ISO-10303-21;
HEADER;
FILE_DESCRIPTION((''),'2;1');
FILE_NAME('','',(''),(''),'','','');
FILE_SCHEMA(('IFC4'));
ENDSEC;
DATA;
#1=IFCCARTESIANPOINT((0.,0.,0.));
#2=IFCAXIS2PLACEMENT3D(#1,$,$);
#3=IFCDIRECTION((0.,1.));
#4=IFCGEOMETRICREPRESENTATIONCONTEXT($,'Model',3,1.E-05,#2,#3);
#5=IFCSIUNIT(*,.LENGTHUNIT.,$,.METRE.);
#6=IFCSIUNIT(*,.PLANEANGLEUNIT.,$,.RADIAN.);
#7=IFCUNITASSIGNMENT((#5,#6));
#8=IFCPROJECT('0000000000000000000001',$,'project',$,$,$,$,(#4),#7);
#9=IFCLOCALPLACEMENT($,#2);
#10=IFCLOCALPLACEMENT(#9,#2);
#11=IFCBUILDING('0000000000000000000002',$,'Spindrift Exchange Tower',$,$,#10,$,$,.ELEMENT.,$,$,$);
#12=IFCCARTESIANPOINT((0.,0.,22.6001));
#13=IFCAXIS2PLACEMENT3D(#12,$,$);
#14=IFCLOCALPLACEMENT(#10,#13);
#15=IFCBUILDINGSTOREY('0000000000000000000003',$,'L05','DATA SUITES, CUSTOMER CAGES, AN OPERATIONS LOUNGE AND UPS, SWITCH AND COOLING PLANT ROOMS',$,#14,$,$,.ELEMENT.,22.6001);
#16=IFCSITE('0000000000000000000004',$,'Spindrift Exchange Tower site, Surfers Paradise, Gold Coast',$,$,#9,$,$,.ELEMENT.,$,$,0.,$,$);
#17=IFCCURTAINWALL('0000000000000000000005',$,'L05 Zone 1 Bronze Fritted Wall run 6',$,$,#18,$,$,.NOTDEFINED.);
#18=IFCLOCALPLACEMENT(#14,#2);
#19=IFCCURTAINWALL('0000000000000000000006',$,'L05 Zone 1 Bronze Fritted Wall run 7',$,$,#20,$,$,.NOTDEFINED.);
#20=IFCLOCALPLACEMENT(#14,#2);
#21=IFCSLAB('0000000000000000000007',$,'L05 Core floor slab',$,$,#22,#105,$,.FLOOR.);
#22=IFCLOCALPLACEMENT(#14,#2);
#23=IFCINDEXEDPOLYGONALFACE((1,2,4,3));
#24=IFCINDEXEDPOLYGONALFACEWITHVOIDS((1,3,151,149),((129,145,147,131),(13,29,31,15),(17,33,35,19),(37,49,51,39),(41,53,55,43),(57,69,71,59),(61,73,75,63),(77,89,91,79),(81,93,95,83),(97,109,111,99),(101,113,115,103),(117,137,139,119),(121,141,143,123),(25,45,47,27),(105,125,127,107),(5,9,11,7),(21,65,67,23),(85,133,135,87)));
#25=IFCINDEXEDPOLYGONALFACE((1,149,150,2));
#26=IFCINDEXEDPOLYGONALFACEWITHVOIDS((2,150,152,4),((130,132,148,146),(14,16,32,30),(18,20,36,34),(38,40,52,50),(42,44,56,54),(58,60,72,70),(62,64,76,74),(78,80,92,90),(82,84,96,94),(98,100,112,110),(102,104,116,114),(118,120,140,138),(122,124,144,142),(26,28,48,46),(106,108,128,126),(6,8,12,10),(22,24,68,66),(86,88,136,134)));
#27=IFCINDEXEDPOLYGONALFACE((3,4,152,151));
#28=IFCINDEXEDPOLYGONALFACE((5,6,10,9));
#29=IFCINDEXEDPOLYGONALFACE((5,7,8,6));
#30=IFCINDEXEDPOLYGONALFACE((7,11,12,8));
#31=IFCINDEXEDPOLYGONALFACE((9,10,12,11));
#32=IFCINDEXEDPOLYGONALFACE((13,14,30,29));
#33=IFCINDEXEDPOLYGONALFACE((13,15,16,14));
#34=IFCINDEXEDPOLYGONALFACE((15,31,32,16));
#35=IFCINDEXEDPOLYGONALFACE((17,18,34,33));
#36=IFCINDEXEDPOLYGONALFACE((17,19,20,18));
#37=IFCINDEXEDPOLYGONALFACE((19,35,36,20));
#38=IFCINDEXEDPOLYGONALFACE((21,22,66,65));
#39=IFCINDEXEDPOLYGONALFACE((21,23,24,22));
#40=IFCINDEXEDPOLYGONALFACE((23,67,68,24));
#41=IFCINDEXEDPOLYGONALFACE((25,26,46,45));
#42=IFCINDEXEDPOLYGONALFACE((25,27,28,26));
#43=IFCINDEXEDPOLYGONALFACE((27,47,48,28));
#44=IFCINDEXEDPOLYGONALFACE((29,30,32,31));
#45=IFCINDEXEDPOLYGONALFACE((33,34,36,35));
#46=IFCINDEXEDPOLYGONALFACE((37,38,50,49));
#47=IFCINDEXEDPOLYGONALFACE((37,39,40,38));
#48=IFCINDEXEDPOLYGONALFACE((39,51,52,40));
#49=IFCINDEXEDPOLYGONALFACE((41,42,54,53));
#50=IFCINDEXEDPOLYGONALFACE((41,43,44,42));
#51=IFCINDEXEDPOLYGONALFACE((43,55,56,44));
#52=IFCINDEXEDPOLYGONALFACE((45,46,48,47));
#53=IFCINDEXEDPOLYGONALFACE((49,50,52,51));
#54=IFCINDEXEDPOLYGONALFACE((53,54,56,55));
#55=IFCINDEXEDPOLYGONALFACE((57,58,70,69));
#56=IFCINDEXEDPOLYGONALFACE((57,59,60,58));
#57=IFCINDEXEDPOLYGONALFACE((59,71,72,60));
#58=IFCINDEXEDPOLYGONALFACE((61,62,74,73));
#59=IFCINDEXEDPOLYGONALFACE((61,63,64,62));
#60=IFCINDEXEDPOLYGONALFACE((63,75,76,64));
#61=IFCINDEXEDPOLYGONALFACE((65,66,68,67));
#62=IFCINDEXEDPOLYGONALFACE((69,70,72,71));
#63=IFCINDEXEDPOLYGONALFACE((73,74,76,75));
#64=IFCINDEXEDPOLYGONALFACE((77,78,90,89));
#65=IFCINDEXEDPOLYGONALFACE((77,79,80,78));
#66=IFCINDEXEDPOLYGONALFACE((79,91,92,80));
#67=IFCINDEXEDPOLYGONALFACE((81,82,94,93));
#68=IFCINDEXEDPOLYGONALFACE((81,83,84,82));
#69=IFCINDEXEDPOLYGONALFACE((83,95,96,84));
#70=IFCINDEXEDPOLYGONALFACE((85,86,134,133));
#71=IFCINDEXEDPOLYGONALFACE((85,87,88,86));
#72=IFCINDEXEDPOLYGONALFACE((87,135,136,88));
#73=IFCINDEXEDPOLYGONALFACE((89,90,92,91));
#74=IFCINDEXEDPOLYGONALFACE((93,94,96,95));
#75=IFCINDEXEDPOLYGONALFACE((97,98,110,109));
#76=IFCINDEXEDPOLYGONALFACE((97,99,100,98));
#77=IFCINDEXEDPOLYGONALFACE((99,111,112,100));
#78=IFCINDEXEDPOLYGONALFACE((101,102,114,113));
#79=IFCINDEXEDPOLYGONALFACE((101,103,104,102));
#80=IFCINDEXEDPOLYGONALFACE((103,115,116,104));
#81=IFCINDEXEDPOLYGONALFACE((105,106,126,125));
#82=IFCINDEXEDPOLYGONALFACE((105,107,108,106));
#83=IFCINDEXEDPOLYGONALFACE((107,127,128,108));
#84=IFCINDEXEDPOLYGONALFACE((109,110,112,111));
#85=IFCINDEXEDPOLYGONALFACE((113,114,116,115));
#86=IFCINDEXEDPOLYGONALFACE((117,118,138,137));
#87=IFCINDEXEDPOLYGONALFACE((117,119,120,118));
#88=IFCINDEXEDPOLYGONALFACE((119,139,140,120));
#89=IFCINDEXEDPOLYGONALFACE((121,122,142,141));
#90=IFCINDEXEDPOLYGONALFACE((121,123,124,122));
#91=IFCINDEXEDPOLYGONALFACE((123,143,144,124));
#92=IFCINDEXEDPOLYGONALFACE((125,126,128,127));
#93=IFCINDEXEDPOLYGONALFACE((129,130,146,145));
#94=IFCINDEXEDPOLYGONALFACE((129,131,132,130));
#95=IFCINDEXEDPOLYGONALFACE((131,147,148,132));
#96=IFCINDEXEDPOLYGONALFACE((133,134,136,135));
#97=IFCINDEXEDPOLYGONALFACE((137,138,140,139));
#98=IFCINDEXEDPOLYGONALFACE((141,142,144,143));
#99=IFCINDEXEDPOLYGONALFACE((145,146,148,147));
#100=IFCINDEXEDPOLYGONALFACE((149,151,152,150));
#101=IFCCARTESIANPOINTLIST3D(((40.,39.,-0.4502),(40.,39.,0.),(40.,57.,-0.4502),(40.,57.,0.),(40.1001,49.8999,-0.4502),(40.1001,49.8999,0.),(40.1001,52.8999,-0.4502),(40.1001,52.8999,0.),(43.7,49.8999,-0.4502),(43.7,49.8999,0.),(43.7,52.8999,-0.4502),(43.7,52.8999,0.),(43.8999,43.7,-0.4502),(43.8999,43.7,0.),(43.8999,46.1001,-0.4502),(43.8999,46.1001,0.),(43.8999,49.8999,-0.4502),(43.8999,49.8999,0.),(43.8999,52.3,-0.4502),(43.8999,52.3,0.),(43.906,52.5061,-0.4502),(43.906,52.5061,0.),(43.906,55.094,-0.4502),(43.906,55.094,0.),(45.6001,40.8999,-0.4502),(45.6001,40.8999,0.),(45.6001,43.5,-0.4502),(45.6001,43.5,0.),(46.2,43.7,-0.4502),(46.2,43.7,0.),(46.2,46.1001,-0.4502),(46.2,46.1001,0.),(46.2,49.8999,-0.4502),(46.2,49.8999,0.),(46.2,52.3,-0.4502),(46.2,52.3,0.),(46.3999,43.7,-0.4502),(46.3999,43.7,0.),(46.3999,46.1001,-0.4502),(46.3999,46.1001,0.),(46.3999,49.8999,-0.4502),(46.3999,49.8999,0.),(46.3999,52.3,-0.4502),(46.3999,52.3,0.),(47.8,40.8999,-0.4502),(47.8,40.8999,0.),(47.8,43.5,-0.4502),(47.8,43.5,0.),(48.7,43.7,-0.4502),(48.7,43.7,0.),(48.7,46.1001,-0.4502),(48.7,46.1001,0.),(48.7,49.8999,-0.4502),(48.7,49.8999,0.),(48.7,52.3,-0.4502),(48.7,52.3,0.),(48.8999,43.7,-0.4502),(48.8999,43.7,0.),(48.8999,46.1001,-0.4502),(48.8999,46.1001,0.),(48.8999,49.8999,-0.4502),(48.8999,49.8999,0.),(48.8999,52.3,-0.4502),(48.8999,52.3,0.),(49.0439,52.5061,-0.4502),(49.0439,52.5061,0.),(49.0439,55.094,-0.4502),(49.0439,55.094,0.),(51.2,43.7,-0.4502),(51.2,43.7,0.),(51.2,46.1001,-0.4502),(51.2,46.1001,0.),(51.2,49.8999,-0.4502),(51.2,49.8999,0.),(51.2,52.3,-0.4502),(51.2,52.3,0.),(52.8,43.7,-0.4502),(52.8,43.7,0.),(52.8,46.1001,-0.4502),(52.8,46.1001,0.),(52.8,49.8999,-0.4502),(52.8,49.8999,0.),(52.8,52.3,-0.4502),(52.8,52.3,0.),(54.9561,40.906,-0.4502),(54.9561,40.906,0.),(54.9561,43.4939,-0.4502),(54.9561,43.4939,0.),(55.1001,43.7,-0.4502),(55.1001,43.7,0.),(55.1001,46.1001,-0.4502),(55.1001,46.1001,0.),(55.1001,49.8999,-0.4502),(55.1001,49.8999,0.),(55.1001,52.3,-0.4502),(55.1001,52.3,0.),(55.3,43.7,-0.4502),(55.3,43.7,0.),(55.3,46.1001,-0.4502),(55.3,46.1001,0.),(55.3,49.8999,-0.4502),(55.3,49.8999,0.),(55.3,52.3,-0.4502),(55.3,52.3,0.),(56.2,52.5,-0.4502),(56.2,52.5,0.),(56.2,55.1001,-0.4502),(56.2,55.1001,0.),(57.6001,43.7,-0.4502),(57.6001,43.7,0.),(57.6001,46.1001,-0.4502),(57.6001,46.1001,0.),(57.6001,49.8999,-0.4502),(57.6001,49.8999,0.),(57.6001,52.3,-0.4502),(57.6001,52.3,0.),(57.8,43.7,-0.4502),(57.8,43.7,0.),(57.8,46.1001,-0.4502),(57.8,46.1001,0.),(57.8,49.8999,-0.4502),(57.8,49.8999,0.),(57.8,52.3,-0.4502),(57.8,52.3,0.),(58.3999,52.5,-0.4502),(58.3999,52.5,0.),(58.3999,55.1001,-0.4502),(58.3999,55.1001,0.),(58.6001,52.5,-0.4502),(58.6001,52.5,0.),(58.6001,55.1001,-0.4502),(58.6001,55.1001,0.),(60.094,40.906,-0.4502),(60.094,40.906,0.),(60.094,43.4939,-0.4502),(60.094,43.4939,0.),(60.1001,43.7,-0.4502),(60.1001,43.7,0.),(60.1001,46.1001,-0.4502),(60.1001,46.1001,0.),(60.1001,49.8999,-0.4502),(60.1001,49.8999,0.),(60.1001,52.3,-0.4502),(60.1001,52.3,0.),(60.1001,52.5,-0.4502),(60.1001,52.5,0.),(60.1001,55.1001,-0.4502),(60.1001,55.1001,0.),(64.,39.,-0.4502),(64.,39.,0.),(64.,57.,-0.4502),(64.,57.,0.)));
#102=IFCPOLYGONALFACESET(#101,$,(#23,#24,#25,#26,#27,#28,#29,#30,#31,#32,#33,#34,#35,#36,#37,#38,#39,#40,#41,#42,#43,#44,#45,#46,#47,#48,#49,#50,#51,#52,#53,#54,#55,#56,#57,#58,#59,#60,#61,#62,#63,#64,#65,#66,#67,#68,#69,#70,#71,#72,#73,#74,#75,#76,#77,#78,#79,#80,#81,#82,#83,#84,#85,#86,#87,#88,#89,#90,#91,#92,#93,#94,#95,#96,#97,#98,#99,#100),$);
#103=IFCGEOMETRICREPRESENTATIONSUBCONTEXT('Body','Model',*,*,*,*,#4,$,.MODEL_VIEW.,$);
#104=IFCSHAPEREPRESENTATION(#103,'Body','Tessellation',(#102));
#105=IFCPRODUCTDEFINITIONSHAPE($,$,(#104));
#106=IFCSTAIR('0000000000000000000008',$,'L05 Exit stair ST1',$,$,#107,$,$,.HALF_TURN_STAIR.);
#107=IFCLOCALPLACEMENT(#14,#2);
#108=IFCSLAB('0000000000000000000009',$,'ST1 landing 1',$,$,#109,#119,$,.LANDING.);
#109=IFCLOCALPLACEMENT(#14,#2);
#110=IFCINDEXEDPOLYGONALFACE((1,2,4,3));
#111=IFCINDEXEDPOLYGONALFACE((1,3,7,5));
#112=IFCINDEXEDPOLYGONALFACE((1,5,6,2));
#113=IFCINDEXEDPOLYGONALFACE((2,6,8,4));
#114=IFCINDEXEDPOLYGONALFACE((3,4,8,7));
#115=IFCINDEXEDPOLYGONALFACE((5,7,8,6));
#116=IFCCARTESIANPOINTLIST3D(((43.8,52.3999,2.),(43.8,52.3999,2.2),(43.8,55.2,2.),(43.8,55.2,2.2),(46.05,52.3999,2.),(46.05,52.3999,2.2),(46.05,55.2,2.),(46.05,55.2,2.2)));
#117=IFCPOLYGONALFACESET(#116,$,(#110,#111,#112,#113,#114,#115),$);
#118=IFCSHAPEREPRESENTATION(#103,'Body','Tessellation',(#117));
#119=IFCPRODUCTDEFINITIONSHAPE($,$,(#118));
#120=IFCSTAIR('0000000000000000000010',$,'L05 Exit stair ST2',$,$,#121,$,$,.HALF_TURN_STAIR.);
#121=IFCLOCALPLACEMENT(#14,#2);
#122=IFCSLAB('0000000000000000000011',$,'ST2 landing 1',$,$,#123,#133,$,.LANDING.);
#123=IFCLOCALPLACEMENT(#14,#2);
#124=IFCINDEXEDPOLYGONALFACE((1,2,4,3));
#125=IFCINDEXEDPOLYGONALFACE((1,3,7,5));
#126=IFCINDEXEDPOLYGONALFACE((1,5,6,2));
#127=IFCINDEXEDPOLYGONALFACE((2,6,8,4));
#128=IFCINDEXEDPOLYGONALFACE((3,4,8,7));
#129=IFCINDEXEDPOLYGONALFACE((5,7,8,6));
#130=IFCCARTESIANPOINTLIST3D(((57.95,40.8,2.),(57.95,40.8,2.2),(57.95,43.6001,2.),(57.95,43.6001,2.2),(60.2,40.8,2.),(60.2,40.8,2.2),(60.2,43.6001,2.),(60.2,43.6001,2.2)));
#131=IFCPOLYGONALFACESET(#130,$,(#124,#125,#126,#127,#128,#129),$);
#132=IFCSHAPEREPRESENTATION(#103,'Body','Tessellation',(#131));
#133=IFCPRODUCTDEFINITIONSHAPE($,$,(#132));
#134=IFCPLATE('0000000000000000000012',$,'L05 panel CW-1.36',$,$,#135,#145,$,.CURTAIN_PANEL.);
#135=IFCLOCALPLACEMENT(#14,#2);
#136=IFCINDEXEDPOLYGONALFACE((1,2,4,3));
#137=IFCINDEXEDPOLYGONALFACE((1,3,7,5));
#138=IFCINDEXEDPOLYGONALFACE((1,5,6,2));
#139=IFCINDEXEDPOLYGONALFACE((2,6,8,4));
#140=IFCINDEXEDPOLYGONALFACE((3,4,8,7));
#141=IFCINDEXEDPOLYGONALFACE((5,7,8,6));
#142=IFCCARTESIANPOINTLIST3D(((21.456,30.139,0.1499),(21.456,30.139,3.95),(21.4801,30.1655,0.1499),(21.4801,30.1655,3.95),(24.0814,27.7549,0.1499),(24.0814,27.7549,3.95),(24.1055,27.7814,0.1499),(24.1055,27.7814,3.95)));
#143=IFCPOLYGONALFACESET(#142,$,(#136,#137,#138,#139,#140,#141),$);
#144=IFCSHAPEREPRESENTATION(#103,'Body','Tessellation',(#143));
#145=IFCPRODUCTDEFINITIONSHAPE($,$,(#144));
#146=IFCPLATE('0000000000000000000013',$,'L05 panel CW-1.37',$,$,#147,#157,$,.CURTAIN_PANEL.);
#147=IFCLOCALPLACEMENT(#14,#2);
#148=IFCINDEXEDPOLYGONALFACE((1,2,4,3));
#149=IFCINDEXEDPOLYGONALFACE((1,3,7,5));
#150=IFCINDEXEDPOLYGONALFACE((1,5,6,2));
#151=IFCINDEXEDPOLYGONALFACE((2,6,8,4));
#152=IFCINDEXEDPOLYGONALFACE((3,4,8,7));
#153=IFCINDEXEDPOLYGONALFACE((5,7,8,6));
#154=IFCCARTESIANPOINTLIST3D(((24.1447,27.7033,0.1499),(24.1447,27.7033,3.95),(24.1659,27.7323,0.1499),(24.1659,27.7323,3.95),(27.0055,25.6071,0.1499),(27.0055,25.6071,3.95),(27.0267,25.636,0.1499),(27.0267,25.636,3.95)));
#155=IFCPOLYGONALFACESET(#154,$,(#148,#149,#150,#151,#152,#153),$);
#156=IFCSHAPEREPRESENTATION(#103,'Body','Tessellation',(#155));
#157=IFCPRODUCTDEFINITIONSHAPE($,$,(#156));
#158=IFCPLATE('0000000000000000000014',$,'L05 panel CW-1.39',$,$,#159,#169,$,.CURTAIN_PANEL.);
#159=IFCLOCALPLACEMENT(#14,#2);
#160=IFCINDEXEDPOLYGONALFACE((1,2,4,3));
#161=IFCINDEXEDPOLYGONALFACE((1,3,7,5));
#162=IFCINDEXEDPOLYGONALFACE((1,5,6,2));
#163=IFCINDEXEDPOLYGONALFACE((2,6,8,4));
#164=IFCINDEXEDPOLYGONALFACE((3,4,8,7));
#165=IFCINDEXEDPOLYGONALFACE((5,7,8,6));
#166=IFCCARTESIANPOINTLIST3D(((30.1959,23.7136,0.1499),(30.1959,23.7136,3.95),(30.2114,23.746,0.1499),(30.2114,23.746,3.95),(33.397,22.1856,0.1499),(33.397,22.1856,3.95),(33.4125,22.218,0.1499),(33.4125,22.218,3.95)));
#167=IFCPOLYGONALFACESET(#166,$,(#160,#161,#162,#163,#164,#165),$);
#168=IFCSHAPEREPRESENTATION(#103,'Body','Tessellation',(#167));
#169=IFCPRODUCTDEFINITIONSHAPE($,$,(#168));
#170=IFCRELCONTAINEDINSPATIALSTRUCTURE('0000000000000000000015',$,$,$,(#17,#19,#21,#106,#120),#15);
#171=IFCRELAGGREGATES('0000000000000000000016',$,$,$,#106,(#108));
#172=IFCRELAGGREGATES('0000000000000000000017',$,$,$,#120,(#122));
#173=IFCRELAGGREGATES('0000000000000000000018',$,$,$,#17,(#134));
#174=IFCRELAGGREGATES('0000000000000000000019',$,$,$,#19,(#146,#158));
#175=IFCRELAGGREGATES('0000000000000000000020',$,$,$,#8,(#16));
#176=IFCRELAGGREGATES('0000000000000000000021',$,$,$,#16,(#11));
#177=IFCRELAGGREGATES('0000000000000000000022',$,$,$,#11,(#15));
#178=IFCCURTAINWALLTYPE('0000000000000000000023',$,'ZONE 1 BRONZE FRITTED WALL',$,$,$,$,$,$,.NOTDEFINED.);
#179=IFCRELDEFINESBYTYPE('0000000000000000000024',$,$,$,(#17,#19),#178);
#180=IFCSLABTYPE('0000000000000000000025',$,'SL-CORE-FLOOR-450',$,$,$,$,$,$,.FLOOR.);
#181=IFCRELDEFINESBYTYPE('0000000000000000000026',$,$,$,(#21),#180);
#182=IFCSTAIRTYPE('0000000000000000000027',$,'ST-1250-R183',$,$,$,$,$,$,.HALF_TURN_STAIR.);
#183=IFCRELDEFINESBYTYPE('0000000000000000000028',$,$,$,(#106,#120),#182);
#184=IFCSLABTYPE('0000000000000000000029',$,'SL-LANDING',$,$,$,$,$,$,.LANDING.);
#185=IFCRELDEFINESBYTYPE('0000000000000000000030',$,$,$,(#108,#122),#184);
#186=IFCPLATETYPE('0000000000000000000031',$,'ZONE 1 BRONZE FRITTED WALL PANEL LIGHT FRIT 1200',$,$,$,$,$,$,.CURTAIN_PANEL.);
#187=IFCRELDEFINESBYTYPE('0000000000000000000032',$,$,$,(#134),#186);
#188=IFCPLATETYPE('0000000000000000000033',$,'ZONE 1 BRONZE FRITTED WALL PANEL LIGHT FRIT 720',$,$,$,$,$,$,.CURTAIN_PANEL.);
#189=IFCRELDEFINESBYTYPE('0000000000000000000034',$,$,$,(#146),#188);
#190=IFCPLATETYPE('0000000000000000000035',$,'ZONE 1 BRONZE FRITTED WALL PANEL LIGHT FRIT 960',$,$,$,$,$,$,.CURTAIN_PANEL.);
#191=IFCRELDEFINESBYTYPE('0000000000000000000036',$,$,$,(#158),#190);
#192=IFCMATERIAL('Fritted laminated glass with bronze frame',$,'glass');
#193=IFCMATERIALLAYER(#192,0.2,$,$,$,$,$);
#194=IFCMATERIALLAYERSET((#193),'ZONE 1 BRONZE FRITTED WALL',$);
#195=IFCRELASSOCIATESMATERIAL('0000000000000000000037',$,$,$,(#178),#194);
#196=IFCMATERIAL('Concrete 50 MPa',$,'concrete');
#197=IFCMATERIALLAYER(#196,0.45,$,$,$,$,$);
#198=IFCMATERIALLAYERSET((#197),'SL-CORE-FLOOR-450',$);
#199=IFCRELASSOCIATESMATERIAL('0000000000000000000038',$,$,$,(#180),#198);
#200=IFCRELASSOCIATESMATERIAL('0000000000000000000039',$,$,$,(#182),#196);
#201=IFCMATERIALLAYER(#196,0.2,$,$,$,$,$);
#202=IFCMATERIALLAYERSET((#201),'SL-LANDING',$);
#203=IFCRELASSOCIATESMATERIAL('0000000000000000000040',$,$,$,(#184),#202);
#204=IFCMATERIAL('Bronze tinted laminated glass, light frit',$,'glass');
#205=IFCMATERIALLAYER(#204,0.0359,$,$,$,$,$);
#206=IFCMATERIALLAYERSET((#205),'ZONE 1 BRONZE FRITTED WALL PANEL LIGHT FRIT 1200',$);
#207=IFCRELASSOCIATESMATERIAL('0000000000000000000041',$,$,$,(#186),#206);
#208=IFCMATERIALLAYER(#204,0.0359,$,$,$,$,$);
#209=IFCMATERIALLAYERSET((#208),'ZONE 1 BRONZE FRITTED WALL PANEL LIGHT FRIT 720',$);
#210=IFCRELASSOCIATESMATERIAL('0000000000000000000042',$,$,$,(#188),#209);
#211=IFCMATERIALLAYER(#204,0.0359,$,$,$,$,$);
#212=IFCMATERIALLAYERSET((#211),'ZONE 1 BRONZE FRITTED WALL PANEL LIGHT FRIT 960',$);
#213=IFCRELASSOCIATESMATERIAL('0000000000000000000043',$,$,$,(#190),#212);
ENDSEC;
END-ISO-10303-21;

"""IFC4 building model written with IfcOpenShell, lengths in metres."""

from ifc_helpers import new_model, si_unit, direction, frame, origin, origin_2d, place, context, subcontext, project, spatial, line, indexed_curve, rectangle, outline, extrude, source, transform, mapped, material, layer, layer_set, type_object, element, aggregate, save


model = new_model("IFC4")

# Units and contexts
model_context = context("Model", 3, precision=1e-05, world=origin(), true_north=direction((0.0, 1.0)))
body_context = subcontext(model_context, "Body", "Model", "MODEL_VIEW")
ifc_project = project(units=[si_unit("LENGTHUNIT", "METRE"), si_unit("PLANEANGLEUNIT", "RADIAN")], contexts=[model_context])

# Site, building, storey
site_placement = place(None, origin())
site = spatial("IfcSite", under=ifc_project, at=site_placement, Name="Spindrift Exchange Tower site, Surfers Paradise, Gold Coast", CompositionType="ELEMENT", RefElevation=0.0)
building_placement = place(site_placement, origin())
building = spatial("IfcBuilding", under=site, at=building_placement, Name="Spindrift Exchange Tower", CompositionType="ELEMENT")
storey_placement = place(building_placement, frame((0.0, 0.0, 22.6001)))
storey = spatial("IfcBuildingStorey", under=building, at=storey_placement, Name="L05", Description="DATA SUITES, CUSTOMER CAGES, AN OPERATIONS LOUNGE AND UPS, SWITCH AND COOLING PLANT ROOMS", CompositionType="ELEMENT", Elevation=22.6001)

# Curtain walls
ifc_material_1 = material(Name="Fritted laminated glass with bronze frame", Category="glass")
ifc_layer_1 = layer(ifc_material_1, 0.2)
ifc_layer_set_1 = layer_set([ifc_layer_1], Name="ZONE 1 BRONZE FRITTED WALL")
curtain_wall_type = type_object("IfcCurtainWallType", Name="ZONE 1 BRONZE FRITTED WALL", PredefinedType="NOTDEFINED", material=ifc_layer_set_1)
curtain_wall_1_placement = place(storey_placement, origin())
curtain_wall_1 = element("IfcCurtainWall", 1, at=curtain_wall_1_placement, inside=storey, type_object=curtain_wall_type, Name="L05 Zone 1 Bronze Fritted Wall run 6", PredefinedType="NOTDEFINED")
curtain_wall_2_placement = place(storey_placement, origin())
curtain_wall_2 = element("IfcCurtainWall", 2, at=curtain_wall_2_placement, inside=storey, type_object=curtain_wall_type, Name="L05 Zone 1 Bronze Fritted Wall run 7", PredefinedType="NOTDEFINED")

# Slab
ifc_material_2 = material(Name="Concrete 50 MPa", Category="concrete")
ifc_layer_2 = layer(ifc_material_2, 0.45)
ifc_layer_set_2 = layer_set([ifc_layer_2], Name="SL-CORE-FLOOR-450")
slab_type_1 = type_object("IfcSlabType", Name="SL-CORE-FLOOR-450", PredefinedType="FLOOR", material=ifc_layer_set_2)
slab_1_placement = place(storey_placement, frame((0.0, 0.0, -0.4502)))
element("IfcSlab", 3, at=slab_1_placement, inside=storey, type_object=slab_type_1, Name="L05 Core floor slab", PredefinedType="FLOOR", context=body_context, shape_type="SweptSolid", body=[
    extrude(outline(indexed_curve([(40.0, 39.0), (40.0, 57.0), (64.0, 57.0), (64.0, 39.0)], segments=[line(1, 2, 3, 4, 1)], self_intersect=False), holes=[indexed_curve([(47.8, 43.5), (45.6001, 43.5), (45.6001, 40.8999), (47.8, 40.8999)], segments=[line(1, 2, 3, 4, 1)], self_intersect=False), indexed_curve([(46.2, 46.1001), (43.8999, 46.1001), (43.8999, 43.7), (46.2, 43.7)], segments=[line(1, 2, 3, 4, 1)], self_intersect=False), indexed_curve([(48.7, 46.1001), (46.3999, 46.1001), (46.3999, 43.7), (48.7, 43.7)], segments=[line(1, 2, 3, 4, 1)], self_intersect=False), indexed_curve([(51.2, 46.1001), (48.8999, 46.1001), (48.8999, 43.7), (51.2, 43.7)], segments=[line(1, 2, 3, 4, 1)], self_intersect=False), indexed_curve([(46.2, 52.3), (43.8999, 52.3), (43.8999, 49.8999), (46.2, 49.8999)], segments=[line(1, 2, 3, 4, 1)], self_intersect=False), indexed_curve([(48.7, 52.3), (46.3999, 52.3), (46.3999, 49.8999), (48.7, 49.8999)], segments=[line(1, 2, 3, 4, 1)], self_intersect=False), indexed_curve([(51.2, 52.3), (48.8999, 52.3), (48.8999, 49.8999), (51.2, 49.8999)], segments=[line(1, 2, 3, 4, 1)], self_intersect=False), indexed_curve([(43.7, 49.8999), (43.7, 52.8999), (40.1001, 52.8999), (40.1001, 49.8999)], segments=[line(1, 2, 3, 4, 1)], self_intersect=False), indexed_curve([(49.0439, 55.094), (43.906, 55.094), (43.906, 52.5061), (49.0439, 52.5061)], segments=[line(1, 2, 3, 4, 1)], self_intersect=False), indexed_curve([(60.094, 40.906), (60.094, 43.4939), (54.9561, 43.4939), (54.9561, 40.906)], segments=[line(1, 2, 3, 4, 1)], self_intersect=False), indexed_curve([(55.1001, 46.1001), (52.8, 46.1001), (52.8, 43.7), (55.1001, 43.7)], segments=[line(1, 2, 3, 4, 1)], self_intersect=False), indexed_curve([(57.6001, 46.1001), (55.3, 46.1001), (55.3, 43.7), (57.6001, 43.7)], segments=[line(1, 2, 3, 4, 1)], self_intersect=False), indexed_curve([(60.1001, 46.1001), (57.8, 46.1001), (57.8, 43.7), (60.1001, 43.7)], segments=[line(1, 2, 3, 4, 1)], self_intersect=False), indexed_curve([(55.1001, 52.3), (52.8, 52.3), (52.8, 49.8999), (55.1001, 49.8999)], segments=[line(1, 2, 3, 4, 1)], self_intersect=False), indexed_curve([(57.6001, 52.3), (55.3, 52.3), (55.3, 49.8999), (57.6001, 49.8999)], segments=[line(1, 2, 3, 4, 1)], self_intersect=False), indexed_curve([(60.1001, 52.3), (57.8, 52.3), (57.8, 49.8999), (60.1001, 49.8999)], segments=[line(1, 2, 3, 4, 1)], self_intersect=False), indexed_curve([(58.3999, 52.5), (58.3999, 55.1001), (56.2, 55.1001), (56.2, 52.5)], segments=[line(1, 2, 3, 4, 1)], self_intersect=False), indexed_curve([(60.1001, 52.5), (60.1001, 55.1001), (58.6001, 55.1001), (58.6001, 52.5)], segments=[line(1, 2, 3, 4, 1)], self_intersect=False)]), origin(), (0.0, 0.0, 1.0), 0.4502),
])

# Stairs, slabs
stair_type = type_object("IfcStairType", Name="ST-1250-R183", PredefinedType="HALF_TURN_STAIR", material=ifc_material_2)
stair_1_placement = place(storey_placement, origin())
stair_1 = element("IfcStair", 4, at=stair_1_placement, inside=storey, type_object=stair_type, Name="L05 Exit stair ST1", PredefinedType="HALF_TURN_STAIR")
ifc_layer_3 = layer(ifc_material_2, 0.2)
ifc_layer_set_3 = layer_set([ifc_layer_3], Name="SL-LANDING")
slab_type_2 = type_object("IfcSlabType", Name="SL-LANDING", PredefinedType="LANDING", material=ifc_layer_set_3)
slab_2_placement = place(storey_placement, frame((0.0, 0.0, 2.0)))
slab_2 = element("IfcSlab", 5, at=slab_2_placement, type_object=slab_type_2, Name="ST1 landing 1", PredefinedType="LANDING", context=body_context, shape_type="SweptSolid", body=[
    extrude(outline(indexed_curve([(46.05, 52.3999), (43.8, 52.3999), (43.8, 55.2), (46.05, 55.2)], segments=[line(1, 2, 3, 4, 1)], self_intersect=False)), origin(), (0.0, 0.0, 1.0), 0.2),
])
aggregate(stair_1, [slab_2])
stair_2_placement = place(storey_placement, origin())
stair_2 = element("IfcStair", 6, at=stair_2_placement, inside=storey, type_object=stair_type, Name="L05 Exit stair ST2", PredefinedType="HALF_TURN_STAIR")
slab_3_placement = place(storey_placement, frame((0.0, 0.0, 2.0)))
slab_3 = element("IfcSlab", 7, at=slab_3_placement, type_object=slab_type_2, Name="ST2 landing 1", PredefinedType="LANDING", context=body_context, shape_type="SweptSolid", body=[
    extrude(outline(indexed_curve([(57.95, 43.6001), (60.2, 43.6001), (60.2, 40.8), (57.95, 40.8)], segments=[line(1, 2, 3, 4, 1)], self_intersect=False)), origin(), (0.0, 0.0, 1.0), 0.2),
])
aggregate(stair_2, [slab_3])

# Plates
ifc_material_3 = material(Name="Bronze tinted laminated glass, light frit", Category="glass")
ifc_layer_4 = layer(ifc_material_3, 0.0359)
ifc_layer_set_4 = layer_set([ifc_layer_4], Name="ZONE 1 BRONZE FRITTED WALL PANEL LIGHT FRIT 1200")
plate_type_1 = type_object("IfcPlateType", Name="ZONE 1 BRONZE FRITTED WALL PANEL LIGHT FRIT 1200", PredefinedType="CURTAIN_PANEL", material=ifc_layer_set_4)
shared_shape_1 = source(origin(), body_context, "Body", "SweptSolid", [
    extrude(rectangle(XDim=3.5464, YDim=0.0359, at=origin_2d()), origin(), (0.0, 0.0, 1.0), 3.8),
])
plate_1_placement = place(storey_placement, frame((22.7808, 28.9602, 0.1499), z_axis=(0.0, 0.0, 1.0), x_axis=(0.740316, -0.67226, 0.0)))
plate_1 = element("IfcPlate", 8, at=plate_1_placement, type_object=plate_type_1, Name="L05 panel CW-1.36", PredefinedType="CURTAIN_PANEL", context=body_context, shape_type="MappedRepresentation", body=[
    mapped(shared_shape_1, transform((0.0, 0.0, 0.0), scale=1.0)),
])
aggregate(curtain_wall_1, [plate_1])
ifc_layer_5 = layer(ifc_material_3, 0.0359)
ifc_layer_set_5 = layer_set([ifc_layer_5], Name="ZONE 1 BRONZE FRITTED WALL PANEL LIGHT FRIT 720")
plate_type_2 = type_object("IfcPlateType", Name="ZONE 1 BRONZE FRITTED WALL PANEL LIGHT FRIT 720", PredefinedType="CURTAIN_PANEL", material=ifc_layer_set_5)
shared_shape_2 = source(origin(), body_context, "Body", "SweptSolid", [
    extrude(rectangle(XDim=3.5466, YDim=0.0359, at=origin_2d()), origin(), (0.0, 0.0, 1.0), 3.8),
])
plate_2_placement = place(storey_placement, frame((25.5857, 26.6697, 0.1499), z_axis=(0.0, 0.0, 1.0), x_axis=(0.806641, -0.591042, 0.0)))
plate_2 = element("IfcPlate", 9, at=plate_2_placement, type_object=plate_type_2, Name="L05 panel CW-1.37", PredefinedType="CURTAIN_PANEL", context=body_context, shape_type="MappedRepresentation", body=[
    mapped(shared_shape_2, transform((0.0, 0.0, 0.0), scale=1.0)),
])
ifc_layer_6 = layer(ifc_material_3, 0.0359)
ifc_layer_set_6 = layer_set([ifc_layer_6], Name="ZONE 1 BRONZE FRITTED WALL PANEL LIGHT FRIT 960")
plate_type_3 = type_object("IfcPlateType", Name="ZONE 1 BRONZE FRITTED WALL PANEL LIGHT FRIT 960", PredefinedType="CURTAIN_PANEL", material=ifc_layer_set_6)
shared_shape_3 = source(origin(), body_context, "Body", "SweptSolid", [
    extrude(rectangle(XDim=3.5471, YDim=0.0359, at=origin_2d()), origin(), (0.0, 0.0, 1.0), 3.8),
])
plate_3_placement = place(storey_placement, frame((31.8042, 22.9658, 0.1499), z_axis=(0.0, 0.0, 1.0), x_axis=(0.902455, -0.430784, 0.0)))
plate_3 = element("IfcPlate", 10, at=plate_3_placement, type_object=plate_type_3, Name="L05 panel CW-1.39", PredefinedType="CURTAIN_PANEL", context=body_context, shape_type="MappedRepresentation", body=[
    mapped(shared_shape_3, transform((0.0, 0.0, 0.0), scale=1.0)),
])
aggregate(curtain_wall_2, [plate_2, plate_3])

save(model, "model.ifc")
